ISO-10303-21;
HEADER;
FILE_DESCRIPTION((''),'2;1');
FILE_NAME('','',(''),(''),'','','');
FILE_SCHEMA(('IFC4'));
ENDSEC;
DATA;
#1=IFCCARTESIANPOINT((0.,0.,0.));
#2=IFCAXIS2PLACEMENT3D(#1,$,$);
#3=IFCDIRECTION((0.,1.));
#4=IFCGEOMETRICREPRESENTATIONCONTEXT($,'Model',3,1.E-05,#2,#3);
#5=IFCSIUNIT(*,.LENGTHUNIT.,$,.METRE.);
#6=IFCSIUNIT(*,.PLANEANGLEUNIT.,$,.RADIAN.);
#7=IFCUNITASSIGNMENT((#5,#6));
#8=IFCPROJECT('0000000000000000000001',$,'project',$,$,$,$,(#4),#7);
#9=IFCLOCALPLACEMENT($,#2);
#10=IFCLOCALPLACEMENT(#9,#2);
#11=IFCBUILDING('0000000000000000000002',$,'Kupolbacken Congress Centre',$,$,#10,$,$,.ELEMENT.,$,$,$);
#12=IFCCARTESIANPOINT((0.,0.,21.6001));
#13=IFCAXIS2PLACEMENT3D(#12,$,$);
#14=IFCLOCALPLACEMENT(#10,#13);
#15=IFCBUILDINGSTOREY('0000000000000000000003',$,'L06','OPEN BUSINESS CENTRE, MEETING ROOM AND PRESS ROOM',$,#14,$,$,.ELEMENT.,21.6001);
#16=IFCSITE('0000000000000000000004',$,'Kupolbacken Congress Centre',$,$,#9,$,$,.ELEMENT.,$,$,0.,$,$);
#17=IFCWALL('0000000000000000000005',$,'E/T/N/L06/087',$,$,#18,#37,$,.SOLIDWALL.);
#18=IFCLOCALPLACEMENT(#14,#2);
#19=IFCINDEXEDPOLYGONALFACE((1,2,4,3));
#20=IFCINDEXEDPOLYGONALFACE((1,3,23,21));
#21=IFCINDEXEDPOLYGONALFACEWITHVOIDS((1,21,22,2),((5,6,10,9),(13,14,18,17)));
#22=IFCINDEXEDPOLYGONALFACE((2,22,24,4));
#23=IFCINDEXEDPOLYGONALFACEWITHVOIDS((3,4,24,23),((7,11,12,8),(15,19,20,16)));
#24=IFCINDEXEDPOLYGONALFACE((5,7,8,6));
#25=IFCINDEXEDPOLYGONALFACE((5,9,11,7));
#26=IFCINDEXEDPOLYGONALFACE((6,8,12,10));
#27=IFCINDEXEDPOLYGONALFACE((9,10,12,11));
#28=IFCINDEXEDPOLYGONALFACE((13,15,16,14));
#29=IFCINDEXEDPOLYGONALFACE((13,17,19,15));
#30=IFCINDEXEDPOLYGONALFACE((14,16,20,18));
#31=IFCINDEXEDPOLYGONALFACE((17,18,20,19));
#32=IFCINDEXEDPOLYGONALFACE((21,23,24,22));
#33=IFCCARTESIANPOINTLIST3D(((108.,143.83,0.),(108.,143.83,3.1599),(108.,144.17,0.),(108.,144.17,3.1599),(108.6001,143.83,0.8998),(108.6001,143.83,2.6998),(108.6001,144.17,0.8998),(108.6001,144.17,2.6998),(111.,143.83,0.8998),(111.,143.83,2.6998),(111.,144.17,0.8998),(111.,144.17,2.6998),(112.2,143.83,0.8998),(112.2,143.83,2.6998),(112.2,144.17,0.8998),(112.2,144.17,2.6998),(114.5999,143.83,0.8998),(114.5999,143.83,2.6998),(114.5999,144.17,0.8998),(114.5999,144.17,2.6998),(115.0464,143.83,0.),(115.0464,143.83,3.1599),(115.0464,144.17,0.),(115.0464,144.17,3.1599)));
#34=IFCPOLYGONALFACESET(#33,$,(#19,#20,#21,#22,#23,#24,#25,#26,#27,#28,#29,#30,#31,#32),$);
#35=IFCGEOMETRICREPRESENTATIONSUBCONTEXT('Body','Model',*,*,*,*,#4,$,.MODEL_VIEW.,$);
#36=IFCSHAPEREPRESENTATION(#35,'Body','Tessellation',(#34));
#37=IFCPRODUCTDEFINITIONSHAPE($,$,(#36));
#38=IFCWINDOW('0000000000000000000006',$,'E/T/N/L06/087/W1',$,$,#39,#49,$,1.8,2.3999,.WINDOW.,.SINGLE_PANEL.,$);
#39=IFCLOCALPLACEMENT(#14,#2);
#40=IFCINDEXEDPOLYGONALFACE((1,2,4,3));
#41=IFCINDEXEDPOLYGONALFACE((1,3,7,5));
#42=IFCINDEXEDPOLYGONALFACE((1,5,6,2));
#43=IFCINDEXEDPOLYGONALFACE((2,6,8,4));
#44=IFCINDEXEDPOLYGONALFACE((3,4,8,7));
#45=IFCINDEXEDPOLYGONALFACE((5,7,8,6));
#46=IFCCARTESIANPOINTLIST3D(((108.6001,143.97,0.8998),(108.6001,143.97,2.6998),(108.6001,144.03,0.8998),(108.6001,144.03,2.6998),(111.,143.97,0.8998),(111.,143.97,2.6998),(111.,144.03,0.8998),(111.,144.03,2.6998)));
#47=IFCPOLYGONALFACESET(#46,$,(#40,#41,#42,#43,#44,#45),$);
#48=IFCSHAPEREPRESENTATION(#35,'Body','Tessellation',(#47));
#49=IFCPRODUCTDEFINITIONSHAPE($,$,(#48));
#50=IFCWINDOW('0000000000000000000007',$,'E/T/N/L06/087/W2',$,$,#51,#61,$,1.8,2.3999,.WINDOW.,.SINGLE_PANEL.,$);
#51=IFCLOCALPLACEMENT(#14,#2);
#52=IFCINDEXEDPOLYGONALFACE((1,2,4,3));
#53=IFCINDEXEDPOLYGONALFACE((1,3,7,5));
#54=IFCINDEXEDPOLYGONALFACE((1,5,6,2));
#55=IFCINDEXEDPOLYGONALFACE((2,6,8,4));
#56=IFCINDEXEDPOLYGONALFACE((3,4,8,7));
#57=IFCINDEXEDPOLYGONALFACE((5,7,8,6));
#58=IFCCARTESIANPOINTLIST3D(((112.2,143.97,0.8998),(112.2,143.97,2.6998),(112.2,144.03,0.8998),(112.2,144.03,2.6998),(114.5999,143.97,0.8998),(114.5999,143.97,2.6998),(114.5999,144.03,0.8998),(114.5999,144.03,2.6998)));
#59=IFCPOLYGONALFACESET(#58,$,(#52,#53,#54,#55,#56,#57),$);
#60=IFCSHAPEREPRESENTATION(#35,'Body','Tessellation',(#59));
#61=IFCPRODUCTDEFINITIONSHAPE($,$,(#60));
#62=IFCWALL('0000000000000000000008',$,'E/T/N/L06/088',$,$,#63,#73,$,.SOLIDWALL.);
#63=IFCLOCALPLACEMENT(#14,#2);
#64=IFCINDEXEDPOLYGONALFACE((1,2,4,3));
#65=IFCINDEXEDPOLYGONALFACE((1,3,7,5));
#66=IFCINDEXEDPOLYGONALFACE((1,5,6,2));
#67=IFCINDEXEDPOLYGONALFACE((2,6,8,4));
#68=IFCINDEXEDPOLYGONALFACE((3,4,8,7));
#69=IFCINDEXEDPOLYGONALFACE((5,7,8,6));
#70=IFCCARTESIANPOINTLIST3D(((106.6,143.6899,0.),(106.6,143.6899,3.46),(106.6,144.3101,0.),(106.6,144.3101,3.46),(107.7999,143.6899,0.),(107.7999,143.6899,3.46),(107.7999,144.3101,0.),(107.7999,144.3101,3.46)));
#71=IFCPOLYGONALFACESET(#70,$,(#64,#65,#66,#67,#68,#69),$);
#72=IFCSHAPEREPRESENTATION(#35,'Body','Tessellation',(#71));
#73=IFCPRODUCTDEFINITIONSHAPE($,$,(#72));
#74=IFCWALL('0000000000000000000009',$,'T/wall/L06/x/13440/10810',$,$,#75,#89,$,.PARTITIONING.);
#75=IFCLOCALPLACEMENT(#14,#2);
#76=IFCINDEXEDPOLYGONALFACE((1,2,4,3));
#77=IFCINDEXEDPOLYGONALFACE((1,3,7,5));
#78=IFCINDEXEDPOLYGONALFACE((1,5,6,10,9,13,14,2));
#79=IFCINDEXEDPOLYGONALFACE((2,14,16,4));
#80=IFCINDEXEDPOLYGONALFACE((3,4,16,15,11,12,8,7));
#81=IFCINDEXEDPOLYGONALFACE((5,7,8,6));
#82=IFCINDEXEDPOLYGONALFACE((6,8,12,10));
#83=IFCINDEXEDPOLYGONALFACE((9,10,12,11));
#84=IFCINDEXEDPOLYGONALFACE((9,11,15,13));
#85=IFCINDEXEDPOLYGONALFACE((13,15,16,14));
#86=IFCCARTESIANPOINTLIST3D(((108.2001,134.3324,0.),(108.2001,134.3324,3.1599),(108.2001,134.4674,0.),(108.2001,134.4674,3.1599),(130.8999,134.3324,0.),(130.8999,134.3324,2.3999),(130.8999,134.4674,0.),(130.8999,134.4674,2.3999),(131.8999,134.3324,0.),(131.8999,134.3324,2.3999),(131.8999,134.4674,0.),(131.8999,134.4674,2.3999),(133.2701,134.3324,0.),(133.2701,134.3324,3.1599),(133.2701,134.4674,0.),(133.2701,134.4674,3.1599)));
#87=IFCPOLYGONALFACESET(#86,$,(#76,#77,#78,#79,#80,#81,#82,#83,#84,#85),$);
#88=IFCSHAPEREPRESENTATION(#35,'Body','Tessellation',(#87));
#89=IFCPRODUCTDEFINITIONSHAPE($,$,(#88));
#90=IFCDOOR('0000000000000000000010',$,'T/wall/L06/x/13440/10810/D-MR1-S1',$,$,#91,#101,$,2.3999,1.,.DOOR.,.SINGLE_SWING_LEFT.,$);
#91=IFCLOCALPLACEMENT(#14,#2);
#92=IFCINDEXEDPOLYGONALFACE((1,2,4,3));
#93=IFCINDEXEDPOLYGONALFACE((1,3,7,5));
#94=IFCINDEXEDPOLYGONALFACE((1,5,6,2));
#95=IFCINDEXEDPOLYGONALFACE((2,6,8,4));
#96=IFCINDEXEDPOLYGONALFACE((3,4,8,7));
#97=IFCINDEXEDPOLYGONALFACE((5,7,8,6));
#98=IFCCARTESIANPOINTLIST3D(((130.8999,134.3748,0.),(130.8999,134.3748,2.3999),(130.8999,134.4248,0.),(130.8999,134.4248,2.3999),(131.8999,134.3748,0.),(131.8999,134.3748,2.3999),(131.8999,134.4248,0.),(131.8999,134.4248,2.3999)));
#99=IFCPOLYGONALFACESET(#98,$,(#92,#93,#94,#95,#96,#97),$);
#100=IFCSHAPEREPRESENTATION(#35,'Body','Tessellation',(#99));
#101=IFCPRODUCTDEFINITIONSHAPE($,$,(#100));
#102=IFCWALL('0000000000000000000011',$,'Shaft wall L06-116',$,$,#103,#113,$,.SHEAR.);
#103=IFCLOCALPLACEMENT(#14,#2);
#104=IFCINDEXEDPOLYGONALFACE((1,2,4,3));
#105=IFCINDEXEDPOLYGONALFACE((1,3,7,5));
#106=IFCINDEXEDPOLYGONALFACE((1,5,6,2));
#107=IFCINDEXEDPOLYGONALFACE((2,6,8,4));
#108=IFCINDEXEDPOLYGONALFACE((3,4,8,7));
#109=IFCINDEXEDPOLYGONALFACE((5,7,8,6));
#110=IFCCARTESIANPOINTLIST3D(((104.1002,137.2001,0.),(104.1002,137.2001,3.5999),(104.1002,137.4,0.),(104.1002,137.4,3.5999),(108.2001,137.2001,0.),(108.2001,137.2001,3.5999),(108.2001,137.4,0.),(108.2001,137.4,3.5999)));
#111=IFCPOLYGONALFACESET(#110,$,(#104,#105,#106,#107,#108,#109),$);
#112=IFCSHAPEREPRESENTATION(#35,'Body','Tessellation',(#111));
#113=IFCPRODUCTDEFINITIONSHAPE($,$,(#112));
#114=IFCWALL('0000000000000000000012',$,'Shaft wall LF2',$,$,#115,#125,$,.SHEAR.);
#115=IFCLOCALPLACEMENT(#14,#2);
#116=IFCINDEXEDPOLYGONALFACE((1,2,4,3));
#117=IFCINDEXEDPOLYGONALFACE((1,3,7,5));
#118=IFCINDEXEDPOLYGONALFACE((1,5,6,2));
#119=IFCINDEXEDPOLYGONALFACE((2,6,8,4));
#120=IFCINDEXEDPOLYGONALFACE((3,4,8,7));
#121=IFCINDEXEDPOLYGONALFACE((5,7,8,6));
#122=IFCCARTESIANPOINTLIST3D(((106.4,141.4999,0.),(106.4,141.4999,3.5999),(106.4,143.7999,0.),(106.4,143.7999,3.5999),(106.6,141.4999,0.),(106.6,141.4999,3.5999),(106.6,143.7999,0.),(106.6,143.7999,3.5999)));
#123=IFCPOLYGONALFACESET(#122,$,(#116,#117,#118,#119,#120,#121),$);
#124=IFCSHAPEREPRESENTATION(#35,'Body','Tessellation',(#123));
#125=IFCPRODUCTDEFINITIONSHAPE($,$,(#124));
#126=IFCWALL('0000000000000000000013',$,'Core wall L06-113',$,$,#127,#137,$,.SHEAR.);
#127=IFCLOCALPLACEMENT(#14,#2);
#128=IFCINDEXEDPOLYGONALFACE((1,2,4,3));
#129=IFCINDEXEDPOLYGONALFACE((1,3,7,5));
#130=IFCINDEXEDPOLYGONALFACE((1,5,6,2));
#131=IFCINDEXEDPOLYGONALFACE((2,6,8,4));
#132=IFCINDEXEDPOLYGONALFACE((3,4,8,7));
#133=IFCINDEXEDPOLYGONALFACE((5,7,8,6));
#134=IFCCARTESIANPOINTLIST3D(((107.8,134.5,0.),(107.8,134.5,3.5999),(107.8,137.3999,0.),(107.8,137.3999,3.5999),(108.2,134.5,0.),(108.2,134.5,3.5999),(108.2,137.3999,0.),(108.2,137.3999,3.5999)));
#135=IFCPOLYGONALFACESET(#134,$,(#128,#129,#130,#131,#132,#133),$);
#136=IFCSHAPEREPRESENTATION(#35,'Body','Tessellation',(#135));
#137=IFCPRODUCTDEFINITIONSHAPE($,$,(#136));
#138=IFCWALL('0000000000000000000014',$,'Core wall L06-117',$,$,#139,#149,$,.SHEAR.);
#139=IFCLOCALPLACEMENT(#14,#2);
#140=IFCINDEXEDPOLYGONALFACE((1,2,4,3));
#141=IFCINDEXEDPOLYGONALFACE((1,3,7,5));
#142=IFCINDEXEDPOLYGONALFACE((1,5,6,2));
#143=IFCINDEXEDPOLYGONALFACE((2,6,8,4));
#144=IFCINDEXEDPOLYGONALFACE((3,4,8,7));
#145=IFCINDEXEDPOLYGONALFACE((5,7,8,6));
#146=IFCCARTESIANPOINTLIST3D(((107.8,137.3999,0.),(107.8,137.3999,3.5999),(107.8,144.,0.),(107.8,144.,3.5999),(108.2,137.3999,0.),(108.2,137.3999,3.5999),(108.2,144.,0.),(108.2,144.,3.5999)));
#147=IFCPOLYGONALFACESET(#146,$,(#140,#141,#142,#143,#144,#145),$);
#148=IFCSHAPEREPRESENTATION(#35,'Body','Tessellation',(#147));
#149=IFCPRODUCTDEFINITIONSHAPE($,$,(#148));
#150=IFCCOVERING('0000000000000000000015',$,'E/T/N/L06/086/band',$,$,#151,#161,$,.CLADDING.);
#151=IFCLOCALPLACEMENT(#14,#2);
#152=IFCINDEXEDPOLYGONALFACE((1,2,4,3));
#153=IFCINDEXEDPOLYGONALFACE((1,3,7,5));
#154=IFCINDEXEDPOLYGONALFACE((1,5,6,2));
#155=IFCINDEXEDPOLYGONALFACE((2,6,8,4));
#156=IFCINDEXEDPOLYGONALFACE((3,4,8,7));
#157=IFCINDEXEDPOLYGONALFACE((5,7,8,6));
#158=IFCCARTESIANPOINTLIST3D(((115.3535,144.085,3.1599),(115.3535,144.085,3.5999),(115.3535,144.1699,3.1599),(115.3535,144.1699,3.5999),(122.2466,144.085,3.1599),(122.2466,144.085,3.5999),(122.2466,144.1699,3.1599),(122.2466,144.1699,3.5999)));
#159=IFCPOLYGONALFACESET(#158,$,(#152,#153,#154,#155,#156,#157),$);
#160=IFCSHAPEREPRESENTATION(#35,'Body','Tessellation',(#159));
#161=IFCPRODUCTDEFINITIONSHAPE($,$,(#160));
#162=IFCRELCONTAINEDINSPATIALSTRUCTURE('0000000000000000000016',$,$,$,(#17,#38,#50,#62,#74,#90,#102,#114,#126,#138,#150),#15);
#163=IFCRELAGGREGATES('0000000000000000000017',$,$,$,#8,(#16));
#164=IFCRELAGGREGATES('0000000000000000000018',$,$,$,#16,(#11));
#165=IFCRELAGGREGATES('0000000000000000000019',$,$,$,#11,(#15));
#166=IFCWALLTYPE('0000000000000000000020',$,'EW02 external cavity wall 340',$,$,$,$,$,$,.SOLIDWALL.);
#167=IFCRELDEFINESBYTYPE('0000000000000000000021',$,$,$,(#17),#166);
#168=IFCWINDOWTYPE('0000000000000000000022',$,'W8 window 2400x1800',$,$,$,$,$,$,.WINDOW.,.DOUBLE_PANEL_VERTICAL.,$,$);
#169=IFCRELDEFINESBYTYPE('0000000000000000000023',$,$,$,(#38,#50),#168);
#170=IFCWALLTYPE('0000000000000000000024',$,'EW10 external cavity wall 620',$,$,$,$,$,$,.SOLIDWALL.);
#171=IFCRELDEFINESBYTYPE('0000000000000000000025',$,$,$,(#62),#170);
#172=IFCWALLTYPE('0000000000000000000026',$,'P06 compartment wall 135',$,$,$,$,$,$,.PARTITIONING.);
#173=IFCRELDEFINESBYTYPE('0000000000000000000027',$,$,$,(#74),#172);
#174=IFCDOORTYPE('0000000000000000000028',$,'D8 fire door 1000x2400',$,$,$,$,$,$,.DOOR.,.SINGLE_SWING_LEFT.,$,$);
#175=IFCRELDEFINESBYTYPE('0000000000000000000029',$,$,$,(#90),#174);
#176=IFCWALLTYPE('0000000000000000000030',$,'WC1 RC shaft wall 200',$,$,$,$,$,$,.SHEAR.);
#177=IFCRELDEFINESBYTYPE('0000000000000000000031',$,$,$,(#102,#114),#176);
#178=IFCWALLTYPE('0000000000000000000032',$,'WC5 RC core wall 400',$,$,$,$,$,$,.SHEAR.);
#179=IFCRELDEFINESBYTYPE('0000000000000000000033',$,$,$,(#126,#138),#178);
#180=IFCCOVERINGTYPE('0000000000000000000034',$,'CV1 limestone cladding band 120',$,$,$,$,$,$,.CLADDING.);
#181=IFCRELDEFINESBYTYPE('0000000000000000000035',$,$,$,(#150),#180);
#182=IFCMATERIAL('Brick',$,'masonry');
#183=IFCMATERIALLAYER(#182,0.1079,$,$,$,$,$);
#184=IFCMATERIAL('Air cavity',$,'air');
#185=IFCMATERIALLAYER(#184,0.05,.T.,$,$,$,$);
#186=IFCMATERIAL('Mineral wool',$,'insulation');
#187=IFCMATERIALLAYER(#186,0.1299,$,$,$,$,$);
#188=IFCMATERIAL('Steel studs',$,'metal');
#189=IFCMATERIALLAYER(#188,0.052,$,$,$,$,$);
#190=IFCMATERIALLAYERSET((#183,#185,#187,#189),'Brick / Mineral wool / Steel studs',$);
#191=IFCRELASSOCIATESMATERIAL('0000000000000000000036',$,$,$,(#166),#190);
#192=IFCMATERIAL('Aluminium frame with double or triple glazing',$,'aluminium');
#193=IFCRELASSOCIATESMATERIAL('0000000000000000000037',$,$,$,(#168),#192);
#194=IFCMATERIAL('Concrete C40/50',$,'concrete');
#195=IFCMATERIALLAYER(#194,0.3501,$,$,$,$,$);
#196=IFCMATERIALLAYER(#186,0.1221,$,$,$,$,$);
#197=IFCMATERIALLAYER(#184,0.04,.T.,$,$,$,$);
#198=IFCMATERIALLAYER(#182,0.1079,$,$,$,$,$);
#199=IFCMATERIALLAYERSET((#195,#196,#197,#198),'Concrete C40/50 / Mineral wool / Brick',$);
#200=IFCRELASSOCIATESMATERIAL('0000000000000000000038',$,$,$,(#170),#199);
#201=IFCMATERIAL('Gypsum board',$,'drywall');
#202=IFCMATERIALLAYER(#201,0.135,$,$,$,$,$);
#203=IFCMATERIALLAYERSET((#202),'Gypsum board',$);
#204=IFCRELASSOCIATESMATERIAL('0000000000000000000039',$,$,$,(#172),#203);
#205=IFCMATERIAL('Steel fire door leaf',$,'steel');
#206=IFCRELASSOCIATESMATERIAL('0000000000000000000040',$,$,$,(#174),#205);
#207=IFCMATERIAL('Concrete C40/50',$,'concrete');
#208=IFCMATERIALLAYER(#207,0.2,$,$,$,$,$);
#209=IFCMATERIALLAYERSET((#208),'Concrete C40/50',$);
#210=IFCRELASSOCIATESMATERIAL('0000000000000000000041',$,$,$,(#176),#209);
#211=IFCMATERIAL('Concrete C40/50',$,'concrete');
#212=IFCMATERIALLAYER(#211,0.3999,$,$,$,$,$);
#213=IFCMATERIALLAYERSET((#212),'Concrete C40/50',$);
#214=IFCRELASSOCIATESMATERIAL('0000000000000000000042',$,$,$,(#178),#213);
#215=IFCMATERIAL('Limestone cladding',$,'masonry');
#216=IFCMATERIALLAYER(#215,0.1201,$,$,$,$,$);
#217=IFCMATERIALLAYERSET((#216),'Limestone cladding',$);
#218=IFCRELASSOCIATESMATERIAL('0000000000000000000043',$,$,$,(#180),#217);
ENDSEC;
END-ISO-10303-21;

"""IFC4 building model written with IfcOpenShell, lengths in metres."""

from ifc_helpers import new_model, si_unit, direction, frame, frame_2d, origin, origin_2d, place, context, subcontext, project, spatial, rectangle, extrude, material, layer, layer_set, type_object, element, fill, save


model = new_model("IFC4")

# Units and contexts
model_context = context("Model", 3, precision=1e-05, world=origin(), true_north=direction((0.0, 1.0)))
body_context = subcontext(model_context, "Body", "Model", "MODEL_VIEW")
ifc_project = project(units=[si_unit("LENGTHUNIT", "METRE"), si_unit("PLANEANGLEUNIT", "RADIAN")], contexts=[model_context])

# Site, building, storey
site_placement = place(None, origin())
site = spatial("IfcSite", under=ifc_project, at=site_placement, Name="Kupolbacken Congress Centre", CompositionType="ELEMENT", RefElevation=0.0)
building_placement = place(site_placement, origin())
building = spatial("IfcBuilding", under=site, at=building_placement, Name="Kupolbacken Congress Centre", CompositionType="ELEMENT")
storey_placement = place(building_placement, frame((0.0, 0.0, 21.6001)))
storey = spatial("IfcBuildingStorey", under=building, at=storey_placement, Name="L06", Description="OPEN BUSINESS CENTRE, MEETING ROOM AND PRESS ROOM", CompositionType="ELEMENT", Elevation=21.6001)

# Wall, openings, windows
ifc_material_1 = material(Name="Brick", Category="masonry")
ifc_layer_1 = layer(ifc_material_1, 0.1079)
ifc_material_2 = material(Name="Air cavity", Category="air")
ifc_layer_2 = layer(ifc_material_2, 0.05, ventilated=True)
ifc_material_3 = material(Name="Mineral wool", Category="insulation")
ifc_layer_3 = layer(ifc_material_3, 0.1299)
ifc_material_4 = material(Name="Steel studs", Category="metal")
ifc_layer_4 = layer(ifc_material_4, 0.052)
ifc_layer_set_1 = layer_set([ifc_layer_1, ifc_layer_2, ifc_layer_3, ifc_layer_4], Name="Brick / Mineral wool / Steel studs")
wall_type_1 = type_object("IfcWallType", Name="EW02 external cavity wall 340", PredefinedType="SOLIDWALL", material=ifc_layer_set_1)
ifc_material_5 = material(Name="Aluminium frame with double or triple glazing", Category="aluminium")
window_type = type_object("IfcWindowType", Name="W8 window 2400x1800", PartitioningType="DOUBLE_PANEL_VERTICAL", PredefinedType="WINDOW", material=ifc_material_5)
wall_1_placement = place(storey_placement, frame((115.0464, 144.0, 0.0), z_axis=(0.0, 0.0, 1.0), x_axis=(-1.0, 0.0, 0.0)))
wall_1 = element("IfcWall", 1, at=wall_1_placement, inside=storey, type_object=wall_type_1, Name="E/T/N/L06/087", PredefinedType="SOLIDWALL", context=body_context, shape_type="SweptSolid", body=[
    extrude(rectangle(XDim=7.0464, YDim=0.3401, at=frame_2d((3.5232, 0.0))), origin(), (0.0, 0.0, 1.0), 3.1599),
])
opening_1_placement = place(wall_1_placement, frame((4.0464, 0.0, 0.8999)))
opening_1 = element("IfcOpeningElement", 2, at=opening_1_placement, cuts=wall_1, PredefinedType="OPENING", context=body_context, shape_type="SweptSolid", body=[
    extrude(rectangle(XDim=2.3999, YDim=1.8, at=frame_2d((1.2, 0.8999))), frame((0.0, 0.1799, 0.0), z_axis=(0.0, -1.0, 0.0), x_axis=(1.0, 0.0, 0.0)), (0.0, 0.0, 1.0), 0.3601),
])
opening_2_placement = place(wall_1_placement, frame((0.4465, 0.0, 0.8999)))
opening_2 = element("IfcOpeningElement", 3, at=opening_2_placement, cuts=wall_1, PredefinedType="OPENING", context=body_context, shape_type="SweptSolid", body=[
    extrude(rectangle(XDim=2.3999, YDim=1.8, at=frame_2d((1.2, 0.8999))), frame((0.0, 0.1799, 0.0), z_axis=(0.0, -1.0, 0.0), x_axis=(1.0, 0.0, 0.0)), (0.0, 0.0, 1.0), 0.3601),
])
window_1_placement = place(opening_1_placement, origin())
window_1 = element("IfcWindow", 4, at=window_1_placement, inside=storey, type_object=window_type, Name="E/T/N/L06/087/W1", OverallHeight=1.8, OverallWidth=2.3999, PartitioningType="SINGLE_PANEL", PredefinedType="WINDOW", context=body_context, shape_type="SweptSolid", body=[
    extrude(rectangle(XDim=2.3999, YDim=1.8, at=frame_2d((1.2, 0.8999))), frame((0.0, 0.03, 0.0), z_axis=(0.0, -1.0, 0.0), x_axis=(1.0, 0.0, 0.0)), (0.0, 0.0, 1.0), 0.0601),
])
fill(opening_1, window_1)
window_2_placement = place(opening_2_placement, origin())
window_2 = element("IfcWindow", 5, at=window_2_placement, inside=storey, type_object=window_type, Name="E/T/N/L06/087/W2", OverallHeight=1.8, OverallWidth=2.3999, PartitioningType="SINGLE_PANEL", PredefinedType="WINDOW", context=body_context, shape_type="SweptSolid", body=[
    extrude(rectangle(XDim=2.3999, YDim=1.8, at=frame_2d((1.2, 0.8999))), frame((0.0, 0.03, 0.0), z_axis=(0.0, -1.0, 0.0), x_axis=(1.0, 0.0, 0.0)), (0.0, 0.0, 1.0), 0.0601),
])
fill(opening_2, window_2)

# Wall
ifc_material_6 = material(Name="Concrete C40/50", Category="concrete")
ifc_layer_5 = layer(ifc_material_6, 0.3501)
ifc_layer_6 = layer(ifc_material_3, 0.1221)
ifc_layer_7 = layer(ifc_material_2, 0.04, ventilated=True)
ifc_layer_8 = layer(ifc_material_1, 0.1079)
ifc_layer_set_2 = layer_set([ifc_layer_5, ifc_layer_6, ifc_layer_7, ifc_layer_8], Name="Concrete C40/50 / Mineral wool / Brick")
wall_type_2 = type_object("IfcWallType", Name="EW10 external cavity wall 620", PredefinedType="SOLIDWALL", material=ifc_layer_set_2)
wall_2_placement = place(storey_placement, frame((107.8, 144.0, 0.0), z_axis=(0.0, 0.0, 1.0), x_axis=(-1.0, 0.0, 0.0)))
element("IfcWall", 6, at=wall_2_placement, inside=storey, type_object=wall_type_2, Name="E/T/N/L06/088", PredefinedType="SOLIDWALL", context=body_context, shape_type="SweptSolid", body=[
    extrude(rectangle(XDim=1.2, YDim=0.6201, at=frame_2d((0.6001, 0.0))), origin(), (0.0, 0.0, 1.0), 3.46),
])

# Wall, opening, door
ifc_material_7 = material(Name="Gypsum board", Category="drywall")
ifc_layer_9 = layer(ifc_material_7, 0.135)
ifc_layer_set_3 = layer_set([ifc_layer_9], Name="Gypsum board")
wall_type_3 = type_object("IfcWallType", Name="P06 compartment wall 135", PredefinedType="PARTITIONING", material=ifc_layer_set_3)
wall_3_placement = place(storey_placement, frame((108.2, 134.3999, 0.0), z_axis=(0.0, 0.0, 1.0), x_axis=(1.0, 0.0, 0.0)))
wall_3 = element("IfcWall", 7, at=wall_3_placement, inside=storey, type_object=wall_type_3, Name="T/wall/L06/x/13440/10810", PredefinedType="PARTITIONING", context=body_context, shape_type="SweptSolid", body=[
    extrude(rectangle(XDim=25.0701, YDim=0.135, at=frame_2d((12.5352, 0.0))), origin(), (0.0, 0.0, 1.0), 3.1599),
])
opening_3_placement = place(wall_3_placement, frame((22.7, 0.0, 0.0)))
opening_3 = element("IfcOpeningElement", 8, at=opening_3_placement, cuts=wall_3, PredefinedType="OPENING", context=body_context, shape_type="SweptSolid", body=[
    extrude(rectangle(XDim=1.0, YDim=2.3999, at=frame_2d((0.5, 1.2))), frame((0.0, 0.0774, 0.0), z_axis=(0.0, -1.0, 0.0), x_axis=(1.0, 0.0, 0.0)), (0.0, 0.0, 1.0), 0.155),
])
ifc_material_8 = material(Name="Steel fire door leaf", Category="steel")
door_type = type_object("IfcDoorType", Name="D8 fire door 1000x2400", OperationType="SINGLE_SWING_LEFT", PredefinedType="DOOR", material=ifc_material_8)
door_placement = place(opening_3_placement, origin())
door = element("IfcDoor", 9, at=door_placement, inside=storey, type_object=door_type, Name="T/wall/L06/x/13440/10810/D-MR1-S1", OperationType="SINGLE_SWING_LEFT", OverallHeight=2.3999, OverallWidth=1.0, PredefinedType="DOOR", context=body_context, shape_type="SweptSolid", body=[
    extrude(rectangle(XDim=1.0, YDim=2.3999, at=frame_2d((0.5, 1.2))), frame((0.0, 0.0249, 0.0), z_axis=(0.0, -1.0, 0.0), x_axis=(1.0, 0.0, 0.0)), (0.0, 0.0, 1.0), 0.05),
])
fill(opening_3, door)

# Walls
ifc_material_9 = material(Name="Concrete C40/50", Category="concrete")
ifc_layer_10 = layer(ifc_material_9, 0.2)
ifc_layer_set_4 = layer_set([ifc_layer_10], Name="Concrete C40/50")
wall_type_4 = type_object("IfcWallType", Name="WC1 RC shaft wall 200", PredefinedType="SHEAR", material=ifc_layer_set_4)
wall_4_placement = place(storey_placement, frame((108.2, 137.3, 0.0), z_axis=(0.0, 0.0, 1.0), x_axis=(-1.0, 0.0, 0.0)))
element("IfcWall", 10, at=wall_4_placement, inside=storey, type_object=wall_type_4, Name="Shaft wall L06-116", PredefinedType="SHEAR", context=body_context, shape_type="SweptSolid", body=[
    extrude(rectangle(XDim=4.0999, YDim=0.2, at=frame_2d((2.0498, 0.0))), origin(), (0.0, 0.0, 1.0), 3.5999),
])
wall_5_placement = place(storey_placement, frame((106.5, 141.5, 0.0), z_axis=(0.0, 0.0, 1.0), x_axis=(0.0, 1.0, 0.0)))
element("IfcWall", 11, at=wall_5_placement, inside=storey, type_object=wall_type_4, Name="Shaft wall LF2", PredefinedType="SHEAR", context=body_context, shape_type="SweptSolid", body=[
    extrude(rectangle(XDim=2.3, YDim=0.2, at=frame_2d((1.1499, 0.0))), origin(), (0.0, 0.0, 1.0), 3.5999),
])
ifc_material_10 = material(Name="Concrete C40/50", Category="concrete")
ifc_layer_11 = layer(ifc_material_10, 0.3999)
ifc_layer_set_5 = layer_set([ifc_layer_11], Name="Concrete C40/50")
wall_type_5 = type_object("IfcWallType", Name="WC5 RC core wall 400", PredefinedType="SHEAR", material=ifc_layer_set_5)
wall_6_placement = place(storey_placement, frame((108.0, 134.5, 0.0), z_axis=(0.0, 0.0, 1.0), x_axis=(0.0, 1.0, 0.0)))
element("IfcWall", 12, at=wall_6_placement, inside=storey, type_object=wall_type_5, Name="Core wall L06-113", PredefinedType="SHEAR", context=body_context, shape_type="SweptSolid", body=[
    extrude(rectangle(XDim=2.8999, YDim=0.3999, at=frame_2d((1.45, 0.0))), origin(), (0.0, 0.0, 1.0), 3.5999),
])
wall_7_placement = place(storey_placement, frame((108.0, 137.3999, 0.0), z_axis=(0.0, 0.0, 1.0), x_axis=(0.0, 1.0, 0.0)))
element("IfcWall", 13, at=wall_7_placement, inside=storey, type_object=wall_type_5, Name="Core wall L06-117", PredefinedType="SHEAR", context=body_context, shape_type="SweptSolid", body=[
    extrude(rectangle(XDim=6.6001, YDim=0.3999, at=frame_2d((3.3, 0.0))), origin(), (0.0, 0.0, 1.0), 3.5999),
])

# Covering
ifc_material_11 = material(Name="Limestone cladding", Category="masonry")
ifc_layer_12 = layer(ifc_material_11, 0.1201)
ifc_layer_set_6 = layer_set([ifc_layer_12], Name="Limestone cladding")
covering_type_1 = type_object("IfcCoveringType", Name="CV1 limestone cladding band 120", PredefinedType="CLADDING", material=ifc_layer_set_6)
covering_1_placement = place(storey_placement, frame((118.8, 144.1274, 3.1599), z_axis=(0.0, 0.0, 1.0), x_axis=(-1.0, 0.0, 0.0)))
element("IfcCovering", 14, at=covering_1_placement, inside=storey, type_object=covering_type_1, Name="E/T/N/L06/086/band", PredefinedType="CLADDING", context=body_context, shape_type="SweptSolid", body=[
    extrude(rectangle(XDim=6.8931, YDim=0.085, at=origin_2d()), origin(), (0.0, 0.0, 1.0), 0.4399),
])

save(model, "model.ifc")
